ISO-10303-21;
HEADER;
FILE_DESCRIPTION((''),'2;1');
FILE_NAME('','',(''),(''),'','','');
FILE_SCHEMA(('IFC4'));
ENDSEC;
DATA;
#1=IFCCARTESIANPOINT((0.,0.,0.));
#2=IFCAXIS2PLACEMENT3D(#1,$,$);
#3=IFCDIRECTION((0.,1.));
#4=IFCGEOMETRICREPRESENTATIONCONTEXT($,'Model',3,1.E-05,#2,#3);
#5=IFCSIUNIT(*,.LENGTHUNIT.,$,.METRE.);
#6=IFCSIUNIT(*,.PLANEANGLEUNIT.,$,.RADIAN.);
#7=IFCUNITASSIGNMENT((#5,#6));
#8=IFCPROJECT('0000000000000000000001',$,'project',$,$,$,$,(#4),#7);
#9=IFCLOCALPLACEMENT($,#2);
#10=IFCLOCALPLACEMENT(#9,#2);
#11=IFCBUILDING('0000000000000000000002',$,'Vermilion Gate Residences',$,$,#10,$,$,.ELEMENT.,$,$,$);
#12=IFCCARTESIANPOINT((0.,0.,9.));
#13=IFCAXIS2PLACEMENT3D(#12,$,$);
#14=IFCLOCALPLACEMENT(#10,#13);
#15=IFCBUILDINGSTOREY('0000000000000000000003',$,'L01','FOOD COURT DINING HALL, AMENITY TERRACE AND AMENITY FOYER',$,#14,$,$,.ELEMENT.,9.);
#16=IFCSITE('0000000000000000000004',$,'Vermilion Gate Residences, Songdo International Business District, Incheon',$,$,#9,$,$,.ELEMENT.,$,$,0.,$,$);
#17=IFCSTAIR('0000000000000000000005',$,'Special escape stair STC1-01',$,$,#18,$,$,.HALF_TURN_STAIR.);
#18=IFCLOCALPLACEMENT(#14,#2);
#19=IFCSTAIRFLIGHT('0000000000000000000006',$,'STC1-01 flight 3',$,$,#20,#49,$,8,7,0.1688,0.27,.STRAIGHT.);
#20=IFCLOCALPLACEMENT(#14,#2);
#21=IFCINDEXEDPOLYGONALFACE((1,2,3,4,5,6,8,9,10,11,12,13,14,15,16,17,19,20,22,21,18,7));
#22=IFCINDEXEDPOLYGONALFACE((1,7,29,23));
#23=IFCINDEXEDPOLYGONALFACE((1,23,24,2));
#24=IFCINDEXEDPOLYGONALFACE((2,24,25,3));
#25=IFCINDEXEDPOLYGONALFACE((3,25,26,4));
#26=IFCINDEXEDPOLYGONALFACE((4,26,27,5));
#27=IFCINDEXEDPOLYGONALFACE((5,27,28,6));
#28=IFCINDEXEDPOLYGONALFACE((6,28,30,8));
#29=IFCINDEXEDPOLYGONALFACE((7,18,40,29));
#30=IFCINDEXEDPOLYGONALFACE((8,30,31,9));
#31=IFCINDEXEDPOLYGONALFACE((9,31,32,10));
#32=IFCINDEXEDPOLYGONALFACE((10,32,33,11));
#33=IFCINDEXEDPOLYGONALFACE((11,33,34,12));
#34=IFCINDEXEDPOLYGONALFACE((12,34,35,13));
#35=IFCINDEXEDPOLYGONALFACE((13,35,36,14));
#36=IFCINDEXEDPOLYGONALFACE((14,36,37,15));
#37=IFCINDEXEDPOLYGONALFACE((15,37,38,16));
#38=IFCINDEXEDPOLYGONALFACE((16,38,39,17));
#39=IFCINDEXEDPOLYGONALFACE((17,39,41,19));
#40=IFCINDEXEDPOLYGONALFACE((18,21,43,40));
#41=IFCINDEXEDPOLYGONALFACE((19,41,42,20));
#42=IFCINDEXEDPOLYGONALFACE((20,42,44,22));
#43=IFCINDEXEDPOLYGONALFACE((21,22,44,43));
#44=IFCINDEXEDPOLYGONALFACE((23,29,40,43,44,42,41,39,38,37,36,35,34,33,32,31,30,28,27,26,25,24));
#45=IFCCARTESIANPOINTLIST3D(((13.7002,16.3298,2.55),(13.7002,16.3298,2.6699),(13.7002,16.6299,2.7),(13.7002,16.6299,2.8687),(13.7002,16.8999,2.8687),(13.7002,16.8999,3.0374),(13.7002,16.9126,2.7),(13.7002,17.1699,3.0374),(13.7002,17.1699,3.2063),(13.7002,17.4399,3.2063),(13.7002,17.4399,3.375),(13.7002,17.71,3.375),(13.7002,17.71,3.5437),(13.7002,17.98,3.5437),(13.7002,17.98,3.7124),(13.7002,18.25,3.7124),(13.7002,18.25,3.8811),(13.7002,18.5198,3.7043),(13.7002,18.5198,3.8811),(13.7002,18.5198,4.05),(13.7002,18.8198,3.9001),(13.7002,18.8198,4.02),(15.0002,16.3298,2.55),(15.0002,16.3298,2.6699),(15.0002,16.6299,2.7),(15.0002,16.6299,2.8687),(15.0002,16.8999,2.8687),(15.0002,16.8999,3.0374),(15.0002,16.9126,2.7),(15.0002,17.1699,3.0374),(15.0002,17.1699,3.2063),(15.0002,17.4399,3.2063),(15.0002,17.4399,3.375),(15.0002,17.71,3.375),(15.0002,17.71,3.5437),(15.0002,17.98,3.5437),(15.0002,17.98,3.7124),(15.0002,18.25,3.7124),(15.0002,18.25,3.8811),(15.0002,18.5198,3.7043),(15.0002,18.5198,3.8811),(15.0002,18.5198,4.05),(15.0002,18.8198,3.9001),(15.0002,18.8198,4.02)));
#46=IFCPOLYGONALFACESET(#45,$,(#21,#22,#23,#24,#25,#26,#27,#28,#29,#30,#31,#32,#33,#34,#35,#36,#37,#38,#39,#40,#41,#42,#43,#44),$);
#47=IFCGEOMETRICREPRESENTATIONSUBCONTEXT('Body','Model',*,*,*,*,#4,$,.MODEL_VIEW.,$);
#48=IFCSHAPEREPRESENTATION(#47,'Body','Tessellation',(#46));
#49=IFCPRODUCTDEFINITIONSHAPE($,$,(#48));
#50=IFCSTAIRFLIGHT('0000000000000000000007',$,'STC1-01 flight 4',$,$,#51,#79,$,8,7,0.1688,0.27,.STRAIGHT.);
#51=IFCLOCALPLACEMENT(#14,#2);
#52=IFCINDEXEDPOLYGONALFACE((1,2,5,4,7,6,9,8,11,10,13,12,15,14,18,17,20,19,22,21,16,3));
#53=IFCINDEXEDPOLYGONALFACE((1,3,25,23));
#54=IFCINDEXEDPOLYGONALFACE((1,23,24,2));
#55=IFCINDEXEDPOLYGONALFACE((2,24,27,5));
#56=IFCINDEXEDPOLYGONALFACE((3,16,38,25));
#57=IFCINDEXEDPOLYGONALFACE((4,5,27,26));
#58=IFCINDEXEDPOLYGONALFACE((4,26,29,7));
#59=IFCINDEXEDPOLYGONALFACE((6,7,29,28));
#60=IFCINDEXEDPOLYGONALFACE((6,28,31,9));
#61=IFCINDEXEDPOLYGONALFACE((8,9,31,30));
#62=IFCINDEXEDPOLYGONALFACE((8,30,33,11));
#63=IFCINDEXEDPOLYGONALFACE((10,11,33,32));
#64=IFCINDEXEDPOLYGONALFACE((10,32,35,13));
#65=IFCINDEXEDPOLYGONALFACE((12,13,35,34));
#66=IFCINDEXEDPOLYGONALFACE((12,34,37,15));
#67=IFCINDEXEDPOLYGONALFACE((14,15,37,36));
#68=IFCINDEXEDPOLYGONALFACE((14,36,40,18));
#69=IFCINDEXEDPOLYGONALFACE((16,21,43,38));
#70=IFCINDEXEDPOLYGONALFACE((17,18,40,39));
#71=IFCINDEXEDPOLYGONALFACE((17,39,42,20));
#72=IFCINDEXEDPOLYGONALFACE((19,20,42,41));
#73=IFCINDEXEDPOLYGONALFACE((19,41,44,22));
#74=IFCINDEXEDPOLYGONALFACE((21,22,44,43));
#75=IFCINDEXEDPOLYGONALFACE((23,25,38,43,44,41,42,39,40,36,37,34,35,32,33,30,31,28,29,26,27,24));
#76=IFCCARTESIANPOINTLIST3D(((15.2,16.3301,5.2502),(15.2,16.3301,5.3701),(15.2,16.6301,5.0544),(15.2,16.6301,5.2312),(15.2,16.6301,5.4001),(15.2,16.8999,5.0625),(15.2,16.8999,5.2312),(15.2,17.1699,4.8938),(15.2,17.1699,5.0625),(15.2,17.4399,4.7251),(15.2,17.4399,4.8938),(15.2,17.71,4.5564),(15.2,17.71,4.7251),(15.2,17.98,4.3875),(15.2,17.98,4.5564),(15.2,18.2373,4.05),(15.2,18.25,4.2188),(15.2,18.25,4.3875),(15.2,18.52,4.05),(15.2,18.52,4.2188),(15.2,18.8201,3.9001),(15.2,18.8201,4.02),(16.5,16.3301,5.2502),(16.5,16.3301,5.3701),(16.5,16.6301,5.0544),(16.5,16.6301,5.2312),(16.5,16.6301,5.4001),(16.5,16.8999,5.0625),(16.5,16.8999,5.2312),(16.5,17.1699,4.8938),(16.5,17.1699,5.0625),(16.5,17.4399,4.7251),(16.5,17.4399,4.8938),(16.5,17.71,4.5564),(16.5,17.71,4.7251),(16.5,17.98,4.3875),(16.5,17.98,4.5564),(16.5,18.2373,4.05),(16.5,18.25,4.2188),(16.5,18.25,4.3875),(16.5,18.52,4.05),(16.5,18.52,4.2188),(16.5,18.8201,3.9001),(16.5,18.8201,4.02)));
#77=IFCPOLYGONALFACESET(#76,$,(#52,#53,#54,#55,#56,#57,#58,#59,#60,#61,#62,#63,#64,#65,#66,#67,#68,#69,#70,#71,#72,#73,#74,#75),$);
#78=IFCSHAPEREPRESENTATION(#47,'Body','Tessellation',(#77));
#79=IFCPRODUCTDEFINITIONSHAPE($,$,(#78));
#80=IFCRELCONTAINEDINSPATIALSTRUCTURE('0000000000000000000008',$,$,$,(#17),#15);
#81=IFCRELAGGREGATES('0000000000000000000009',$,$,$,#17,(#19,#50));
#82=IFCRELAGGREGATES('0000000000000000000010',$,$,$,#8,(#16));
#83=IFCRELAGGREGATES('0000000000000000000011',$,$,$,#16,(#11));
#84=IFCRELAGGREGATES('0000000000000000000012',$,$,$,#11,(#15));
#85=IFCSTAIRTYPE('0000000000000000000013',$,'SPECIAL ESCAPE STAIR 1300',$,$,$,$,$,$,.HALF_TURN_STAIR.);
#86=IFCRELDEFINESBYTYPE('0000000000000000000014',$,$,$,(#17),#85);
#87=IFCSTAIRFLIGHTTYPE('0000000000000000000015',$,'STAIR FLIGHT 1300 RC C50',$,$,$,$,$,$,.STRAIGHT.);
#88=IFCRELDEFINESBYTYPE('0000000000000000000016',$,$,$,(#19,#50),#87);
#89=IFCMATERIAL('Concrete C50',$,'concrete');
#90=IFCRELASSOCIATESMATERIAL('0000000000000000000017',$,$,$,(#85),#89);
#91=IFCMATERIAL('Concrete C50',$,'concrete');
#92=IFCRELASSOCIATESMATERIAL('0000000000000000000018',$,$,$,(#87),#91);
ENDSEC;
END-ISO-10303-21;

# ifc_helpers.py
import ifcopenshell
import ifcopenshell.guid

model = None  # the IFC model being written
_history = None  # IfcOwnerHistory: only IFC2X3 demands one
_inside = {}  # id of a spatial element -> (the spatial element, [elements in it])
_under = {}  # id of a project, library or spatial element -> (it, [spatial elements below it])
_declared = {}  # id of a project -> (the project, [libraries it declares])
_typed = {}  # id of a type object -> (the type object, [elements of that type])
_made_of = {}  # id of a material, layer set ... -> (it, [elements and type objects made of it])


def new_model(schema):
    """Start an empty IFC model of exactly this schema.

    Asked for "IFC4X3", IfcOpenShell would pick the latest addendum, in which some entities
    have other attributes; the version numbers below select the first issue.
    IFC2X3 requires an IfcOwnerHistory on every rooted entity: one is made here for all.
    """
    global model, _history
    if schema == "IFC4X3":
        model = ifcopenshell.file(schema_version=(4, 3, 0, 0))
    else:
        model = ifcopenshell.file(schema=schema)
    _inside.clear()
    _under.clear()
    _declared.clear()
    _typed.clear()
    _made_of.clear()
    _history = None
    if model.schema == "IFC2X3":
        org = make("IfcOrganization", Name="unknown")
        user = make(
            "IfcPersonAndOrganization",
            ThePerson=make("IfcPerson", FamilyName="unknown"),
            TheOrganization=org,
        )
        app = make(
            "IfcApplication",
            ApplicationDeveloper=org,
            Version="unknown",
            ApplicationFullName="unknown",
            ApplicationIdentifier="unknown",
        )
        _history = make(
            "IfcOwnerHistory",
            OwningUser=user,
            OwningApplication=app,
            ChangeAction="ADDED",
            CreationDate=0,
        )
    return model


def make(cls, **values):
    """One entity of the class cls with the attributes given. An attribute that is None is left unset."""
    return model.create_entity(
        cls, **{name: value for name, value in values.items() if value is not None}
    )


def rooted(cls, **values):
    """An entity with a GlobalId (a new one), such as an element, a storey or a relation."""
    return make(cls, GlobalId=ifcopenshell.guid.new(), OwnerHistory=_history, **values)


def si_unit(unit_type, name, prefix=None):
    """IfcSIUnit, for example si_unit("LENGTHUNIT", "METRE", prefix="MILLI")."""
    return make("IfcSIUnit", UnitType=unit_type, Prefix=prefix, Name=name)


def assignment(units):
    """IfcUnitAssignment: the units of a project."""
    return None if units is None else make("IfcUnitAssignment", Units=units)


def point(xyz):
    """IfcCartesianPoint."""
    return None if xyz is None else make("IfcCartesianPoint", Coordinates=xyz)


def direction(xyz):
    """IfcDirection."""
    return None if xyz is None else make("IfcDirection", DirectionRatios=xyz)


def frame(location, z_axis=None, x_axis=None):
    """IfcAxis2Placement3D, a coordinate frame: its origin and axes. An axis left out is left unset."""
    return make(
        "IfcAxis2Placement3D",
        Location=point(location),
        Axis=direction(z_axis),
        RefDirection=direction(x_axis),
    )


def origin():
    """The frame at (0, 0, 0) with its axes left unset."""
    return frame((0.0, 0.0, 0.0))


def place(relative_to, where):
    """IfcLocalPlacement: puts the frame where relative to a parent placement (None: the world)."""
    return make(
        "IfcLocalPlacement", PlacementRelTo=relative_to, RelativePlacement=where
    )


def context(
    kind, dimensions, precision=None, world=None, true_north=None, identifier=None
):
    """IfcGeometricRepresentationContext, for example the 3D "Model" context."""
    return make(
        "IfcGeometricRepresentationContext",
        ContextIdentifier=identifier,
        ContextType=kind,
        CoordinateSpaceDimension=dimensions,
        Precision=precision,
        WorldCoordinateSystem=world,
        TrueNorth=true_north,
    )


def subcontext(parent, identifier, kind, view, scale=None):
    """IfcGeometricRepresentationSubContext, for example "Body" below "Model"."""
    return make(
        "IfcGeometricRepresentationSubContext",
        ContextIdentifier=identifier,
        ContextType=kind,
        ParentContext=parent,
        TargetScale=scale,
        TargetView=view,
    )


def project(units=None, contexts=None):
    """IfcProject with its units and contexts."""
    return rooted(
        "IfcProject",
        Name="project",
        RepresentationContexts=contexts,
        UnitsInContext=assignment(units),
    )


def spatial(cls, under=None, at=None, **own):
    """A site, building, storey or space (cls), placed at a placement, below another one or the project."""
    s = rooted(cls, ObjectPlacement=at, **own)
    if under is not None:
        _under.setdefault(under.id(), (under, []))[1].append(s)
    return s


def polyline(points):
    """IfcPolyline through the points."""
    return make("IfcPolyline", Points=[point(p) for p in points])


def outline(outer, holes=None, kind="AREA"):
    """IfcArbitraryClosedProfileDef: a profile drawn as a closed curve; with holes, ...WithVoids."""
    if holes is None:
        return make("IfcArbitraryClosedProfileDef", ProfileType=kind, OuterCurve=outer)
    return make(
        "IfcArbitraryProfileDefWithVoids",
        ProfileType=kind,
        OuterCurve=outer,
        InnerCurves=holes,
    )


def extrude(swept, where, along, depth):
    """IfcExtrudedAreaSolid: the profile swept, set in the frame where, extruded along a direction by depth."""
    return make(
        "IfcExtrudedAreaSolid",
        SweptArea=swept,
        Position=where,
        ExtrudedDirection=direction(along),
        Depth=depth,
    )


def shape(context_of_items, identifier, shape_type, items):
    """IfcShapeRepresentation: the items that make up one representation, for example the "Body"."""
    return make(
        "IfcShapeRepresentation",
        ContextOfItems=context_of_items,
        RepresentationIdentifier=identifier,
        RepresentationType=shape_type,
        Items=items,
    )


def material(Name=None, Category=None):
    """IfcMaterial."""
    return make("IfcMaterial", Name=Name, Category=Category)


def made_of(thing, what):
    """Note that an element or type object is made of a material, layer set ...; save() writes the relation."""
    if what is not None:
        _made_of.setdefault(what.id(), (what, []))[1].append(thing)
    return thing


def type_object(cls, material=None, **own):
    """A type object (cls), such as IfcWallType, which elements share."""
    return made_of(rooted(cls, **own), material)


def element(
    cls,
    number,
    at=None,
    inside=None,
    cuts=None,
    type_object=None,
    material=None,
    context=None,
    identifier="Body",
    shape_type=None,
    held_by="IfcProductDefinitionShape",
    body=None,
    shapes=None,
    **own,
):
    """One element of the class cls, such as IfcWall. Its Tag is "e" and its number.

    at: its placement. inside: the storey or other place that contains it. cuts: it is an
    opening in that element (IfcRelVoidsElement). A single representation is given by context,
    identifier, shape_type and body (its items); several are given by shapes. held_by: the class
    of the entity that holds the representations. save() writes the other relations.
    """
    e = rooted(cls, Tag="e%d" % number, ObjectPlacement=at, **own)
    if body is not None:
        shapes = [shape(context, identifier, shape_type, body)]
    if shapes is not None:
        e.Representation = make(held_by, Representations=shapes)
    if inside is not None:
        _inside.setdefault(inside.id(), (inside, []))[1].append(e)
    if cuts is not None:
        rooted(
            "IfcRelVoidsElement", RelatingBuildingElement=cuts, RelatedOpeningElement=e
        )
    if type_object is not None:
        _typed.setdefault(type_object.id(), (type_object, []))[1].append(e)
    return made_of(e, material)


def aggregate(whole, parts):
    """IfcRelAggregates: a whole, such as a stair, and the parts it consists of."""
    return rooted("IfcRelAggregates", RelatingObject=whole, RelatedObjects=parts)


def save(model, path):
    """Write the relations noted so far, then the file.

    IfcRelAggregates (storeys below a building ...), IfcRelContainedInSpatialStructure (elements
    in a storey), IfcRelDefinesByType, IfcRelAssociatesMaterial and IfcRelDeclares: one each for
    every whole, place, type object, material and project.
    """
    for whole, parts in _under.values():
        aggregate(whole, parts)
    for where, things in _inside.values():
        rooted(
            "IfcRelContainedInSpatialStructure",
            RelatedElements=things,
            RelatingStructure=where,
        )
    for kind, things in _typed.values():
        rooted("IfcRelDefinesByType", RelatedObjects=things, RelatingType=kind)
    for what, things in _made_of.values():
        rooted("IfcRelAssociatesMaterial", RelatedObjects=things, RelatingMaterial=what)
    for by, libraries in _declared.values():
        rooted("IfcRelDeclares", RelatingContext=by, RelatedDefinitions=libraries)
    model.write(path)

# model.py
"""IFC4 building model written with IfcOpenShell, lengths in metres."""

from ifc_helpers import new_model, si_unit, direction, frame, origin, place, context, subcontext, project, spatial, polyline, outline, extrude, material, type_object, element, aggregate, save


model = new_model("IFC4")

# Units and contexts
model_context = context("Model", 3, precision=1e-05, world=origin(), true_north=direction((0.0, 1.0)))
body_context = subcontext(model_context, "Body", "Model", "MODEL_VIEW")
ifc_project = project(units=[si_unit("LENGTHUNIT", "METRE"), si_unit("PLANEANGLEUNIT", "RADIAN")], contexts=[model_context])

# Site, building, storey
site_placement = place(None, origin())
site = spatial("IfcSite", under=ifc_project, at=site_placement, Name="Vermilion Gate Residences, Songdo International Business District, Incheon", CompositionType="ELEMENT", RefElevation=0.0)
building_placement = place(site_placement, origin())
building = spatial("IfcBuilding", under=site, at=building_placement, Name="Vermilion Gate Residences", CompositionType="ELEMENT")
storey_placement = place(building_placement, frame((0.0, 0.0, 9.0)))
storey = spatial("IfcBuildingStorey", under=building, at=storey_placement, Name="L01", Description="FOOD COURT DINING HALL, AMENITY TERRACE AND AMENITY FOYER", CompositionType="ELEMENT", Elevation=9.0)

# Stair, stair flights
ifc_material_1 = material(Name="Concrete C50", Category="concrete")
stair_type = type_object("IfcStairType", Name="SPECIAL ESCAPE STAIR 1300", PredefinedType="HALF_TURN_STAIR", material=ifc_material_1)
stair_placement = place(storey_placement, origin())
stair = element("IfcStair", 1, at=stair_placement, inside=storey, type_object=stair_type, Name="Special escape stair STC1-01", PredefinedType="HALF_TURN_STAIR")
ifc_material_2 = material(Name="Concrete C50", Category="concrete")
stair_flight_type = type_object("IfcStairFlightType", Name="STAIR FLIGHT 1300 RC C50", PredefinedType="STRAIGHT", material=ifc_material_2)
stair_flight_1_placement = place(storey_placement, frame((14.3501, 16.6299, 2.7), z_axis=(0.0, 0.0, 1.0), x_axis=(0.0, 1.0, 0.0)))
stair_flight_1 = element("IfcStairFlight", 2, at=stair_flight_1_placement, type_object=stair_flight_type, Name="STC1-01 flight 3", NumberOfRisers=8, NumberOfTreads=7, PredefinedType="STRAIGHT", RiserHeight=0.1688, TreadLength=0.27, context=body_context, shape_type="SweptSolid", body=[
    extrude(outline(polyline([(-0.3, -0.1499), (-0.3, -0.03), (0.0, 0.0), (0.0, 0.1687), (0.27, 0.1687), (0.27, 0.3374), (0.54, 0.3374), (0.54, 0.5063), (0.8101, 0.5063), (0.8101, 0.675), (1.0801, 0.675), (1.0801, 0.8438), (1.3501, 0.8438), (1.3501, 1.0125), (1.6201, 1.0125), (1.6201, 1.1812), (1.8899, 1.1812), (1.8899, 1.3501), (2.1899, 1.3201), (2.1899, 1.2002), (1.8899, 1.0044), (0.2827, 0.0), (-0.3, -0.1499)])), frame((0.0, 0.6499, 0.0), z_axis=(0.0, -1.0, 0.0), x_axis=(1.0, 0.0, 0.0)), (0.0, 0.0, 1.0), 1.3),
])
stair_flight_2_placement = place(storey_placement, frame((15.8501, 18.52, 4.05), z_axis=(0.0, 0.0, 1.0), x_axis=(0.0, -1.0, 0.0)))
stair_flight_2 = element("IfcStairFlight", 3, at=stair_flight_2_placement, type_object=stair_flight_type, Name="STC1-01 flight 4", NumberOfRisers=8, NumberOfTreads=7, PredefinedType="STRAIGHT", RiserHeight=0.1688, TreadLength=0.27, context=body_context, shape_type="SweptSolid", body=[
    extrude(outline(polyline([(-0.3, -0.1499), (-0.3, -0.03), (0.0, 0.0), (0.0, 0.1687), (0.27, 0.1687), (0.27, 0.3374), (0.54, 0.3374), (0.54, 0.5063), (0.8101, 0.5063), (0.8101, 0.675), (1.0801, 0.675), (1.0801, 0.8438), (1.3501, 0.8438), (1.3501, 1.0125), (1.6201, 1.0125), (1.6201, 1.1812), (1.8899, 1.1812), (1.8899, 1.3501), (2.1899, 1.3201), (2.1899, 1.2002), (1.8899, 1.0044), (0.2827, 0.0), (-0.3, -0.1499)])), frame((0.0, 0.6499, 0.0), z_axis=(0.0, -1.0, 0.0), x_axis=(1.0, 0.0, 0.0)), (0.0, 0.0, 1.0), 1.3),
])
aggregate(stair, [stair_flight_1, stair_flight_2])

save(model, "model.ifc")
